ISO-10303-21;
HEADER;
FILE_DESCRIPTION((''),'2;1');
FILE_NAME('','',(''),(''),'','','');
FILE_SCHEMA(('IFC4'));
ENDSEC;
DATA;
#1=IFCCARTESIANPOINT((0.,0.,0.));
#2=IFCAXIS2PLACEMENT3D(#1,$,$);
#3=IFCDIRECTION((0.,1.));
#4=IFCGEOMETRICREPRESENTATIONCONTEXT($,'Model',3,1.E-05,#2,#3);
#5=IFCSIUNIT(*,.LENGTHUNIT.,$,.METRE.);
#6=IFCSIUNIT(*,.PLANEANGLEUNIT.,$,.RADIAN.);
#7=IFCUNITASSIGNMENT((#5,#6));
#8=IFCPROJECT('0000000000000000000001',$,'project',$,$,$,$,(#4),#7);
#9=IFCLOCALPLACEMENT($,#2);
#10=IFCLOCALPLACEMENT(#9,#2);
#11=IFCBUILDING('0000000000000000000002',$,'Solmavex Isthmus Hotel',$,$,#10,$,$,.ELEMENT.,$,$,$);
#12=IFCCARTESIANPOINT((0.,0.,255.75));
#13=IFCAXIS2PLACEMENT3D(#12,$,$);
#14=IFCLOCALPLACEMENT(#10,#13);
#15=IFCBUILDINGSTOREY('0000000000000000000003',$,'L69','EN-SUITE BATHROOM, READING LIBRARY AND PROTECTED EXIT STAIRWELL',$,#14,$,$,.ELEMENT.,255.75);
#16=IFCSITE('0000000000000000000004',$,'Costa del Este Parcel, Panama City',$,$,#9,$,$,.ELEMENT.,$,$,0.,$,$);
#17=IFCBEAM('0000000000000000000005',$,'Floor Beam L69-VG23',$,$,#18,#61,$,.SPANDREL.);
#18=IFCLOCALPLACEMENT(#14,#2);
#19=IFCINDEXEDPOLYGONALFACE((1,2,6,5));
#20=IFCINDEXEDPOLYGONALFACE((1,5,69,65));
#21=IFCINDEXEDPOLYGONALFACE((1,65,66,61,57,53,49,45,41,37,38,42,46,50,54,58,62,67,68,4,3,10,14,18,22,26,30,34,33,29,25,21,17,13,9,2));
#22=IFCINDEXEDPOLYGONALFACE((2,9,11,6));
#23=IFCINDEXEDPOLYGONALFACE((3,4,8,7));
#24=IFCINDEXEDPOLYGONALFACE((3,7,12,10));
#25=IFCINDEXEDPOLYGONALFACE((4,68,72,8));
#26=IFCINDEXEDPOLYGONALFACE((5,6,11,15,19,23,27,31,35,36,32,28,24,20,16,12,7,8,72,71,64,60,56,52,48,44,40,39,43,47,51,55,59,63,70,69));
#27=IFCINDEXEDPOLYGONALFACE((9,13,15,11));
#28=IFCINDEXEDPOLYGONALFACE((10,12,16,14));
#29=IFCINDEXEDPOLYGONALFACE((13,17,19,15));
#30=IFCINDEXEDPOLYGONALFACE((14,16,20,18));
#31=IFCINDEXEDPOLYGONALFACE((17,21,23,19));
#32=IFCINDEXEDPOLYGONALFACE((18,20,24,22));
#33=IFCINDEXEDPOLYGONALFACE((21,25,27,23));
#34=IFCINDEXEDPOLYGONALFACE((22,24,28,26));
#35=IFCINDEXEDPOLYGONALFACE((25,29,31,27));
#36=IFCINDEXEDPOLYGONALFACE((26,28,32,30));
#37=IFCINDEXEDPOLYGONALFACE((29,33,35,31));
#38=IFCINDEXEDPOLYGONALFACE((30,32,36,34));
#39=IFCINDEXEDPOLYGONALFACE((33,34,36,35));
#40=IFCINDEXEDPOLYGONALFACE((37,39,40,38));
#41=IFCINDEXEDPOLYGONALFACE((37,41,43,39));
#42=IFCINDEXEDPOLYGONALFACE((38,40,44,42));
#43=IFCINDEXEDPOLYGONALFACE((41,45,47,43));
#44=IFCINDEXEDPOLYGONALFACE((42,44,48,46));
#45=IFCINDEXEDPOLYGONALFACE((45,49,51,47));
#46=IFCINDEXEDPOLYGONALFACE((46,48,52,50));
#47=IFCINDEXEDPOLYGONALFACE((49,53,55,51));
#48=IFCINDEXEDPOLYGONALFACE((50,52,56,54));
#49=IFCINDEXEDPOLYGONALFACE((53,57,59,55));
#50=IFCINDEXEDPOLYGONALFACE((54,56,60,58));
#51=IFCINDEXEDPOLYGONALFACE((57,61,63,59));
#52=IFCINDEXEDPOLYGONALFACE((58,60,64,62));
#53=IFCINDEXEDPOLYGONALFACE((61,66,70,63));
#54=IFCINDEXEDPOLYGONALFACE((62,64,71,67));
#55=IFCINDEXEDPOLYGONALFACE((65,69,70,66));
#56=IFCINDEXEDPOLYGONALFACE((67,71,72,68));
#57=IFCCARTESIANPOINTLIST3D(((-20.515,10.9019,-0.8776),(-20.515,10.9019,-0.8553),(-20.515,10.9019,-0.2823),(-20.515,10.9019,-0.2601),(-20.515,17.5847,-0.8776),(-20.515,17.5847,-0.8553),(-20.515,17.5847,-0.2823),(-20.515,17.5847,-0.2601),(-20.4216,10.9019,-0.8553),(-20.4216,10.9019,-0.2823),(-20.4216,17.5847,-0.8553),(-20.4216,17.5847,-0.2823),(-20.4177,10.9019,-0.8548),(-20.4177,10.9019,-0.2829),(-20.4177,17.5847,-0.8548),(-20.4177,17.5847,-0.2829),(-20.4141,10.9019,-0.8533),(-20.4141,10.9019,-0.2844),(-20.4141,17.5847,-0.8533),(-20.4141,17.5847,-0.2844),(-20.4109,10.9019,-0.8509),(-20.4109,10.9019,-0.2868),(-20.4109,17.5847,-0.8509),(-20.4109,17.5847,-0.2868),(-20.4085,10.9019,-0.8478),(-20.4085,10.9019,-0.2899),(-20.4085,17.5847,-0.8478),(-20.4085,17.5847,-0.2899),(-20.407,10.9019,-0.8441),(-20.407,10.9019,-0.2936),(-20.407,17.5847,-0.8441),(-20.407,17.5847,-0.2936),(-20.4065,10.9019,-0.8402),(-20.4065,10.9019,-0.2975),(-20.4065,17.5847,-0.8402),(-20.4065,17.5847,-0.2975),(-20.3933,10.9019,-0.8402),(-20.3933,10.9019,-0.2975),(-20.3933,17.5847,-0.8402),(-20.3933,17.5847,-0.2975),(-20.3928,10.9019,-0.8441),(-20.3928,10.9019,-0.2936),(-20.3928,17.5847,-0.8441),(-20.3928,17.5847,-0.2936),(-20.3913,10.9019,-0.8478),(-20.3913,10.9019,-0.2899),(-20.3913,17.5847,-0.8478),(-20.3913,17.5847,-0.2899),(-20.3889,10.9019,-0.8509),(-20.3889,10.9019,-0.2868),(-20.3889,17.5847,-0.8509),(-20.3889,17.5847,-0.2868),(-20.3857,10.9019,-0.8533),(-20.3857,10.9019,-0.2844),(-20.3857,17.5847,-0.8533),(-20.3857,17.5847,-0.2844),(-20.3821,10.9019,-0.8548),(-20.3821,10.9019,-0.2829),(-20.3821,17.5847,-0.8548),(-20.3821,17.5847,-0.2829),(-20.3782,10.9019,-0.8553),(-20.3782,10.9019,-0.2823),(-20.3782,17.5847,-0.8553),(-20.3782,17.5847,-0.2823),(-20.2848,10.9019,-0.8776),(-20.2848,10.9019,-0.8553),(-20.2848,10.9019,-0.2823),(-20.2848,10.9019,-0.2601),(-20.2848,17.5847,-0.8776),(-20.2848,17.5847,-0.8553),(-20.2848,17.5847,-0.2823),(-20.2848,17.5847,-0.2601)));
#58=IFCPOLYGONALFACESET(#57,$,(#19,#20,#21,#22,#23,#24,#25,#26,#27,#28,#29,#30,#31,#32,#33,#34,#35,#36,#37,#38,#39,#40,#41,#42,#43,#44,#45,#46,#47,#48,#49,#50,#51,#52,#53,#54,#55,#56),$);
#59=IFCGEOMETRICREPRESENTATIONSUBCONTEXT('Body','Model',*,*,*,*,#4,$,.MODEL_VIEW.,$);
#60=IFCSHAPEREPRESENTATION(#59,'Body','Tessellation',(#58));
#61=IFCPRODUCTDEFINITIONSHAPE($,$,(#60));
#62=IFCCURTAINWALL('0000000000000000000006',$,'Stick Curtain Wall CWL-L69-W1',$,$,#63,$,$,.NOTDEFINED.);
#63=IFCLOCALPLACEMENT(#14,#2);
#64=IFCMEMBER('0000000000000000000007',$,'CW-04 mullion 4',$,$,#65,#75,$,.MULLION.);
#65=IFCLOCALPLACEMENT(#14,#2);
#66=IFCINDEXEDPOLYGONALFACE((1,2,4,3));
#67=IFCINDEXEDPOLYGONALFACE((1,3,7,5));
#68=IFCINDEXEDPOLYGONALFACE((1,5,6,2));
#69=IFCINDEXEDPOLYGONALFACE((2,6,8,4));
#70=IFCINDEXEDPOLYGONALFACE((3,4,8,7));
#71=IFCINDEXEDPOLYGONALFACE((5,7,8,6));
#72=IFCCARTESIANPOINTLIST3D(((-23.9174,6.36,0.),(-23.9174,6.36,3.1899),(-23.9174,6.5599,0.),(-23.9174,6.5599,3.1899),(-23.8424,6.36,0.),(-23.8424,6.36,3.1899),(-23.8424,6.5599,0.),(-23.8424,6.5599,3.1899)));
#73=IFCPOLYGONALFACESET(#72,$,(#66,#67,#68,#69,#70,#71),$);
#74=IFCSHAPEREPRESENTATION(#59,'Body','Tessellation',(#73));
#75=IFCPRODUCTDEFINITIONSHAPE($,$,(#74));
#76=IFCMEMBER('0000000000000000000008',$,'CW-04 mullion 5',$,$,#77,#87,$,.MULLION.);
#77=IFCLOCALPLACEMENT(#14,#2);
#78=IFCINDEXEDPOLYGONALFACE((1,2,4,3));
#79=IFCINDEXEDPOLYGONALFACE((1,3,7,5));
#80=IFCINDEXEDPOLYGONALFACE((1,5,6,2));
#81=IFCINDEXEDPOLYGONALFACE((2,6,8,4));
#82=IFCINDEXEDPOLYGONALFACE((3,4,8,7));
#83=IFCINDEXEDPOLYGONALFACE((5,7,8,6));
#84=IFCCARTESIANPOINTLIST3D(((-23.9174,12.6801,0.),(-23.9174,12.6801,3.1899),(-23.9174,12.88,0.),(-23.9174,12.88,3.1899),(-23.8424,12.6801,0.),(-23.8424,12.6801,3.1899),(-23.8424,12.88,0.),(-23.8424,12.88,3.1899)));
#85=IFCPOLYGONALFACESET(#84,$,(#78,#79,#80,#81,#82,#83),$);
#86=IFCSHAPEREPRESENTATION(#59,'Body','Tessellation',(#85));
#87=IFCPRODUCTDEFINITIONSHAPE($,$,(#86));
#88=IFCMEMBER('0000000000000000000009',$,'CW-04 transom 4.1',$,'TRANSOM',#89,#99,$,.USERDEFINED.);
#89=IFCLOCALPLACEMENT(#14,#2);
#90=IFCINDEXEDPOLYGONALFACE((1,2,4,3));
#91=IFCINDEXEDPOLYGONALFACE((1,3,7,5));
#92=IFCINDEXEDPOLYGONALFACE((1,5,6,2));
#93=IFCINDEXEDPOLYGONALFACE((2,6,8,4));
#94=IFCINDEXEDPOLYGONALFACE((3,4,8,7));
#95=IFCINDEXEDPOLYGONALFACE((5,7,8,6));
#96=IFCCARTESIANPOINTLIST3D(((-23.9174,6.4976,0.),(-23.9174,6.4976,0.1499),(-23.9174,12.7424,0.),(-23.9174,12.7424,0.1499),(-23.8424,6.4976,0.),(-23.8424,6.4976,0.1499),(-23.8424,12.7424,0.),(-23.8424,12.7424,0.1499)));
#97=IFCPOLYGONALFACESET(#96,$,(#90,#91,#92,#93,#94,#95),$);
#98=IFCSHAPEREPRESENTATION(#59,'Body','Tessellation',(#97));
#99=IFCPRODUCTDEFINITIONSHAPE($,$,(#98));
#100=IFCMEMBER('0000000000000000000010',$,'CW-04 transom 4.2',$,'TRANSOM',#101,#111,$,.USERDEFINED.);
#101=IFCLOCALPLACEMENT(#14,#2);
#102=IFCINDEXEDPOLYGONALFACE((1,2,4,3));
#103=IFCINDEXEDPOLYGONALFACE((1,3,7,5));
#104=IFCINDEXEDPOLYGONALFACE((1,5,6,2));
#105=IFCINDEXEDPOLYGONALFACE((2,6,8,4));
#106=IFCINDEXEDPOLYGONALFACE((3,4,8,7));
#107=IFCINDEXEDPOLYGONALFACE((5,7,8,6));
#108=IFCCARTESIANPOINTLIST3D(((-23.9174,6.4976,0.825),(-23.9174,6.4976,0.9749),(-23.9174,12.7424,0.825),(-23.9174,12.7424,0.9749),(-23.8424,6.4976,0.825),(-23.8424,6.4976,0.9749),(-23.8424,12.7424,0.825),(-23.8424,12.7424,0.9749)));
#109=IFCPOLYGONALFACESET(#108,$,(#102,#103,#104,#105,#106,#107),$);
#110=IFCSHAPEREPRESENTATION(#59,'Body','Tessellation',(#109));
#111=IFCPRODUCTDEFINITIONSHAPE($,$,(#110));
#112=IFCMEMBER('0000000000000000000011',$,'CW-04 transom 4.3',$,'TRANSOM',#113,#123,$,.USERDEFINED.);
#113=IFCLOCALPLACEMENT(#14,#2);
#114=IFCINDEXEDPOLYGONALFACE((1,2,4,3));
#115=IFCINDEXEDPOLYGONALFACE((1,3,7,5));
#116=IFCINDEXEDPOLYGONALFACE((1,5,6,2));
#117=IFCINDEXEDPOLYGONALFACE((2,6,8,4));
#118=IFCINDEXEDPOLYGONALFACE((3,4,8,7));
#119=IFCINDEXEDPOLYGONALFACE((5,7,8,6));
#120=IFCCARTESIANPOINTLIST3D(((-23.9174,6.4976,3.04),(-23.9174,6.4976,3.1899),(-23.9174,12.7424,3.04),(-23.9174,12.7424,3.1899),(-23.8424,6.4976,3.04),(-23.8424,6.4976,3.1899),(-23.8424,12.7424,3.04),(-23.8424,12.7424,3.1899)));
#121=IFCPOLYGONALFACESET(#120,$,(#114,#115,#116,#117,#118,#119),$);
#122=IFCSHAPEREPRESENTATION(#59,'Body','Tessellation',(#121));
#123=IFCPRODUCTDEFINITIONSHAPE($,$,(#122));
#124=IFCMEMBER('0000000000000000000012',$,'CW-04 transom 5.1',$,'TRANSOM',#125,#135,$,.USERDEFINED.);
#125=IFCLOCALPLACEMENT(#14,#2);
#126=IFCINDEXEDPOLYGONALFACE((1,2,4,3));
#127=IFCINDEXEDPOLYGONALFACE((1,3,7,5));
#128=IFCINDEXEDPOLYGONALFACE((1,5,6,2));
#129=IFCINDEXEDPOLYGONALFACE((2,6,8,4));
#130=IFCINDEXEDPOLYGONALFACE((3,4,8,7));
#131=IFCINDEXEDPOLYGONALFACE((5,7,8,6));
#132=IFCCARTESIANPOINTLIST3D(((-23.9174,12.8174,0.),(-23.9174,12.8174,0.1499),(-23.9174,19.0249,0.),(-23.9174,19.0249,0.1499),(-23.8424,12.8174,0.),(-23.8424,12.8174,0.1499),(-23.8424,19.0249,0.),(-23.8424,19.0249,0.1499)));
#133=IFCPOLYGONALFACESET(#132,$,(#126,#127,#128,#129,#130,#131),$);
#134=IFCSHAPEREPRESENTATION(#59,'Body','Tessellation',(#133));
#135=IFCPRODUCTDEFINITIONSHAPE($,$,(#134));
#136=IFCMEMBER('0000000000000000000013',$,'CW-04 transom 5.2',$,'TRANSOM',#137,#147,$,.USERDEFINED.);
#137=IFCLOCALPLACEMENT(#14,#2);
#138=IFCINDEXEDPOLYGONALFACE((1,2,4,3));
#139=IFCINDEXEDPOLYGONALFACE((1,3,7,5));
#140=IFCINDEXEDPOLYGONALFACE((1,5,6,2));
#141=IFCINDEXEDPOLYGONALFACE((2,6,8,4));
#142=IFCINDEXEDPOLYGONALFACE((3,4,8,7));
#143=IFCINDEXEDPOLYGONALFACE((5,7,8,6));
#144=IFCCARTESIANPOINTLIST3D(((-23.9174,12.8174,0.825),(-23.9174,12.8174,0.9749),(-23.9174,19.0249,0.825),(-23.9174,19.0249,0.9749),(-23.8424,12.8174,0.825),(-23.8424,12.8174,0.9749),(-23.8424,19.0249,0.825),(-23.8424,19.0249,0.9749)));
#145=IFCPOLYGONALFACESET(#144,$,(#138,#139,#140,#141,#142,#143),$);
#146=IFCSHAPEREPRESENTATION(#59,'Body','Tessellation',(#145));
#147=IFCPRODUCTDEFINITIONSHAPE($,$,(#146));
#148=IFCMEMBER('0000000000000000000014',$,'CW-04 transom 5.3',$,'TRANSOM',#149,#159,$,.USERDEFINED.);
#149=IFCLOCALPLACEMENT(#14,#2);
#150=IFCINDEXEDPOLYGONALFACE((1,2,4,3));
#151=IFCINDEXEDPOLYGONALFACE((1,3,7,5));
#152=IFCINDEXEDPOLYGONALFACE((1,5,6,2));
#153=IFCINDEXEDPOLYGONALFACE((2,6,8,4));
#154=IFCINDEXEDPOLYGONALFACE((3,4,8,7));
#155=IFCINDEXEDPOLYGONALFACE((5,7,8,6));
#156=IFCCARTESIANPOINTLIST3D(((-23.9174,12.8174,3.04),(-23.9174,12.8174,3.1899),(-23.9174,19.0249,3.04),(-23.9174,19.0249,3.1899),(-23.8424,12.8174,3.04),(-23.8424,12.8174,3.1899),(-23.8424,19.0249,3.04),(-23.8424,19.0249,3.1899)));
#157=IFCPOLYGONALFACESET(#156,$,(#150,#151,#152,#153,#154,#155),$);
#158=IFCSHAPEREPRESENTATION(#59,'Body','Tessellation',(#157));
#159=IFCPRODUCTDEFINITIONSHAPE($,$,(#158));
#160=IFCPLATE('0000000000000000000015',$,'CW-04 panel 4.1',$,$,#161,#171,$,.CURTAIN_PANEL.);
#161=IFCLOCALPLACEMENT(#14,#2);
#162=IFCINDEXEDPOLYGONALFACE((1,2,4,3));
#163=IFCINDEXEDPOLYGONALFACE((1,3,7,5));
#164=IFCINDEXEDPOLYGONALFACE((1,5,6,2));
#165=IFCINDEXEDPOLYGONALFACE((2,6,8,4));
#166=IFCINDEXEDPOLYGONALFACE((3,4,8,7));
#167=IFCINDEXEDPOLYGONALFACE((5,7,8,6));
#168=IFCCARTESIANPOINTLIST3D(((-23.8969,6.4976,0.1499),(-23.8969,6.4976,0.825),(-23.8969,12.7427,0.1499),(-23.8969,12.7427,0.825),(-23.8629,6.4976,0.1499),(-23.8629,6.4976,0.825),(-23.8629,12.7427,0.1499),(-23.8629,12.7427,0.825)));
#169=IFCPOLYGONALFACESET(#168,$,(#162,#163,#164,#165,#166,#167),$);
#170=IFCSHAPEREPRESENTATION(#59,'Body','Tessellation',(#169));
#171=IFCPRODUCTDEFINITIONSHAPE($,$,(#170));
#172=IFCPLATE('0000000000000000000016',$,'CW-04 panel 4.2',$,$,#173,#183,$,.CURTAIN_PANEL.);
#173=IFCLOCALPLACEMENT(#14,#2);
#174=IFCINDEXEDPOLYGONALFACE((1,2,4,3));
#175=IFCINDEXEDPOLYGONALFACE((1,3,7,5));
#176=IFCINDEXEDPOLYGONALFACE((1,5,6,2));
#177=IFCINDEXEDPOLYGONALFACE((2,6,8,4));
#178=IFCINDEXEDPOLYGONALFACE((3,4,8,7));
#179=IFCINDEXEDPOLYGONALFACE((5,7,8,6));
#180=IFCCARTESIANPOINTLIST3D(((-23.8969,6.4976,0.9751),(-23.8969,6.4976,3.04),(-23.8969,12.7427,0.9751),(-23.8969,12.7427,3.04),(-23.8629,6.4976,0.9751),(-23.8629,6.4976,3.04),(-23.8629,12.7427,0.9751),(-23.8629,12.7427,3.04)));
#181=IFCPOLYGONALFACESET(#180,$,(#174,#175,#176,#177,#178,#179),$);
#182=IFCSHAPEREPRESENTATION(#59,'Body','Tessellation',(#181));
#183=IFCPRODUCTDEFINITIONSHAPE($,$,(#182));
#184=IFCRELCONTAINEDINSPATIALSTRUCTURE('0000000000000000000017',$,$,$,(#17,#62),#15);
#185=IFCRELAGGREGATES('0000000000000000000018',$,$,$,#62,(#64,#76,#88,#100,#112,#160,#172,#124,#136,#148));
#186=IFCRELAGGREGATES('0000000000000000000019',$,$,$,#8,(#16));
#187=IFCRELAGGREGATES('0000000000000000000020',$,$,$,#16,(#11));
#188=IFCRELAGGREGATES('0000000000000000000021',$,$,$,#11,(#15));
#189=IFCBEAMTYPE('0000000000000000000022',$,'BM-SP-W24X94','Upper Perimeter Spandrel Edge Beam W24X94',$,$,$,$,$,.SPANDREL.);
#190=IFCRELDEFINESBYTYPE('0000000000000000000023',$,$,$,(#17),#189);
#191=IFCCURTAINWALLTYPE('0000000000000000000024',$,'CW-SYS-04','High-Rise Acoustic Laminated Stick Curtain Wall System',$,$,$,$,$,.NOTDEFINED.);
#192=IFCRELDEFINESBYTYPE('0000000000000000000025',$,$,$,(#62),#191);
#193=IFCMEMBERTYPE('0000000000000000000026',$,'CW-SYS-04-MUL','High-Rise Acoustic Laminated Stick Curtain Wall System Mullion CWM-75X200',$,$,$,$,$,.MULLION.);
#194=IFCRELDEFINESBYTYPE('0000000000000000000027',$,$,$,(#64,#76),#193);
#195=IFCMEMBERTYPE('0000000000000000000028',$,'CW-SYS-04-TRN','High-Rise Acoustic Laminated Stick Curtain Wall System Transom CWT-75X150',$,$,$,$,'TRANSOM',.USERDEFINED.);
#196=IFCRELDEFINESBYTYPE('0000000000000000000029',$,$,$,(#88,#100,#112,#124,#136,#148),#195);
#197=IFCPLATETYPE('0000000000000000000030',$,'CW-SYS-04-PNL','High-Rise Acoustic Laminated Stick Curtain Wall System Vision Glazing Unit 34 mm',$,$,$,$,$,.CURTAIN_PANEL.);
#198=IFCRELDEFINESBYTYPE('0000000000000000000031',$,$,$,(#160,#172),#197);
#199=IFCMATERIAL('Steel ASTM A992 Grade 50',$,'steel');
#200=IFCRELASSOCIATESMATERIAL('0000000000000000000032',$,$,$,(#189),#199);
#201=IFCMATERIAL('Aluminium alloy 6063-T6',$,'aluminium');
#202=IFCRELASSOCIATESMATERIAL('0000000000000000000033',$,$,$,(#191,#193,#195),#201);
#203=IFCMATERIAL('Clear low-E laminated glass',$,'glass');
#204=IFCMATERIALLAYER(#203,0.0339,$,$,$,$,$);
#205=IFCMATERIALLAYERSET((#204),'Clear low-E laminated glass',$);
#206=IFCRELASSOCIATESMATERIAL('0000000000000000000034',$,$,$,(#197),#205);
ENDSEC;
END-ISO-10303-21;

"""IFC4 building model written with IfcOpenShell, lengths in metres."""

from ifc_helpers import new_model, si_unit, direction, frame, origin, origin_2d, place, context, subcontext, project, spatial, rectangle, i_section, extrude, material, layer, layer_set, material_profile, profile_set, type_object, element, aggregate, save


model = new_model("IFC4")

# Units and contexts
model_context = context("Model", 3, precision=1e-05, world=origin(), true_north=direction((0.0, 1.0)))
body_context = subcontext(model_context, "Body", "Model", "MODEL_VIEW")
ifc_project = project(units=[si_unit("LENGTHUNIT", "METRE"), si_unit("PLANEANGLEUNIT", "RADIAN")], contexts=[model_context])

# Site, building, storey
site_placement = place(None, origin())
site = spatial("IfcSite", under=ifc_project, at=site_placement, Name="Costa del Este Parcel, Panama City", CompositionType="ELEMENT", RefElevation=0.0)
building_placement = place(site_placement, origin())
building = spatial("IfcBuilding", under=site, at=building_placement, Name="Solmavex Isthmus Hotel", CompositionType="ELEMENT")
storey_placement = place(building_placement, frame((0.0, 0.0, 255.75)))
storey = spatial("IfcBuildingStorey", under=building, at=storey_placement, Name="L69", Description="EN-SUITE BATHROOM, READING LIBRARY AND PROTECTED EXIT STAIRWELL", CompositionType="ELEMENT", Elevation=255.75)

# Beam
ifc_material_1 = material(Name="Steel ASTM A992 Grade 50", Category="steel")
ifc_material_profile_1 = material_profile(ifc_material_1, i_section(OverallWidth=0.2302, OverallDepth=0.6174, WebThickness=0.0132, FlangeThickness=0.0222, FilletRadius=0.0151, at=origin_2d()), Name="W24X94")
ifc_profile_set_1 = profile_set([ifc_material_profile_1], Name="Steel ASTM A992 Grade 50")
beam_type_1 = type_object("IfcBeamType", Name="BM-SP-W24X94", Description="Upper Perimeter Spandrel Edge Beam W24X94", PredefinedType="SPANDREL", material=ifc_profile_set_1)
beam_1_placement = place(storey_placement, frame((-20.3999, 10.9019, -0.5688), z_axis=(0.0, 1.0, 0.0), x_axis=(-1.0, 0.0, 0.0)))
element("IfcBeam", 1, at=beam_1_placement, inside=storey, type_object=beam_type_1, Name="Floor Beam L69-VG23", PredefinedType="SPANDREL", context=body_context, shape_type="SweptSolid", body=[
    extrude(i_section(OverallWidth=0.2302, OverallDepth=0.6174, WebThickness=0.0132, FlangeThickness=0.0222, FilletRadius=0.0151, at=origin_2d()), origin(), (0.0, 0.0, 1.0), 6.6829),
])

# Curtain wall, members, plates
ifc_material_2 = material(Name="Aluminium alloy 6063-T6", Category="aluminium")
curtain_wall_type = type_object("IfcCurtainWallType", Name="CW-SYS-04", Description="High-Rise Acoustic Laminated Stick Curtain Wall System", PredefinedType="NOTDEFINED", material=ifc_material_2)
curtain_wall_placement = place(storey_placement, origin())
curtain_wall = element("IfcCurtainWall", 2, at=curtain_wall_placement, inside=storey, type_object=curtain_wall_type, Name="Stick Curtain Wall CWL-L69-W1", PredefinedType="NOTDEFINED")
ifc_material_profile_2 = material_profile(ifc_material_2, rectangle(XDim=0.075, YDim=0.2, at=origin_2d()), Name="CWM-75X200")
ifc_profile_set_2 = profile_set([ifc_material_profile_2], Name="Aluminium alloy 6063-T6")
member_type_1 = type_object("IfcMemberType", Name="CW-SYS-04-MUL", Description="High-Rise Acoustic Laminated Stick Curtain Wall System Mullion CWM-75X200", PredefinedType="MULLION", material=ifc_profile_set_2)
member_1_placement = place(storey_placement, frame((-23.8799, 6.46, 0.0), z_axis=(0.0, 0.0, 1.0), x_axis=(-1.0, 0.0, 0.0)))
member_1 = element("IfcMember", 3, at=member_1_placement, type_object=member_type_1, Name="CW-04 mullion 4", PredefinedType="MULLION", context=body_context, shape_type="SweptSolid", body=[
    extrude(rectangle(XDim=0.075, YDim=0.2, at=origin_2d()), origin(), (0.0, 0.0, 1.0), 3.1899),
])
member_2_placement = place(storey_placement, frame((-23.8799, 12.78, 0.0), z_axis=(0.0, 0.0, 1.0), x_axis=(-1.0, 0.0, 0.0)))
member_2 = element("IfcMember", 4, at=member_2_placement, type_object=member_type_1, Name="CW-04 mullion 5", PredefinedType="MULLION", context=body_context, shape_type="SweptSolid", body=[
    extrude(rectangle(XDim=0.075, YDim=0.2, at=origin_2d()), origin(), (0.0, 0.0, 1.0), 3.1899),
])
ifc_material_profile_3 = material_profile(ifc_material_2, rectangle(XDim=0.075, YDim=0.1499, at=origin_2d()), Name="CWT-75X150")
ifc_profile_set_3 = profile_set([ifc_material_profile_3], Name="Aluminium alloy 6063-T6")
member_type_2 = type_object("IfcMemberType", Name="CW-SYS-04-TRN", Description="High-Rise Acoustic Laminated Stick Curtain Wall System Transom CWT-75X150", ElementType="TRANSOM", PredefinedType="USERDEFINED", material=ifc_profile_set_3)
member_3_placement = place(storey_placement, frame((-23.8799, 6.4976, 0.075), z_axis=(0.0, 1.0, 0.0), x_axis=(-1.0, 0.0, 0.0)))
member_3 = element("IfcMember", 5, at=member_3_placement, type_object=member_type_2, Name="CW-04 transom 4.1", ObjectType="TRANSOM", PredefinedType="USERDEFINED", context=body_context, shape_type="SweptSolid", body=[
    extrude(rectangle(XDim=0.075, YDim=0.1499, at=origin_2d()), origin(), (0.0, 0.0, 1.0), 6.2449),
])
member_4_placement = place(storey_placement, frame((-23.8799, 6.4976, 0.8999), z_axis=(0.0, 1.0, 0.0), x_axis=(-1.0, 0.0, 0.0)))
member_4 = element("IfcMember", 6, at=member_4_placement, type_object=member_type_2, Name="CW-04 transom 4.2", ObjectType="TRANSOM", PredefinedType="USERDEFINED", context=body_context, shape_type="SweptSolid", body=[
    extrude(rectangle(XDim=0.075, YDim=0.1499, at=origin_2d()), origin(), (0.0, 0.0, 1.0), 6.2449),
])
member_5_placement = place(storey_placement, frame((-23.8799, 6.4976, 3.115), z_axis=(0.0, 1.0, 0.0), x_axis=(-1.0, 0.0, 0.0)))
member_5 = element("IfcMember", 7, at=member_5_placement, type_object=member_type_2, Name="CW-04 transom 4.3", ObjectType="TRANSOM", PredefinedType="USERDEFINED", context=body_context, shape_type="SweptSolid", body=[
    extrude(rectangle(XDim=0.075, YDim=0.1499, at=origin_2d()), origin(), (0.0, 0.0, 1.0), 6.2449),
])
member_6_placement = place(storey_placement, frame((-23.8799, 12.8174, 0.075), z_axis=(0.0, 1.0, 0.0), x_axis=(-1.0, 0.0, 0.0)))
member_6 = element("IfcMember", 8, at=member_6_placement, type_object=member_type_2, Name="CW-04 transom 5.1", ObjectType="TRANSOM", PredefinedType="USERDEFINED", context=body_context, shape_type="SweptSolid", body=[
    extrude(rectangle(XDim=0.075, YDim=0.1499, at=origin_2d()), origin(), (0.0, 0.0, 1.0), 6.2075),
])
member_7_placement = place(storey_placement, frame((-23.8799, 12.8174, 0.8999), z_axis=(0.0, 1.0, 0.0), x_axis=(-1.0, 0.0, 0.0)))
member_7 = element("IfcMember", 9, at=member_7_placement, type_object=member_type_2, Name="CW-04 transom 5.2", ObjectType="TRANSOM", PredefinedType="USERDEFINED", context=body_context, shape_type="SweptSolid", body=[
    extrude(rectangle(XDim=0.075, YDim=0.1499, at=origin_2d()), origin(), (0.0, 0.0, 1.0), 6.2075),
])
member_8_placement = place(storey_placement, frame((-23.8799, 12.8174, 3.115), z_axis=(0.0, 1.0, 0.0), x_axis=(-1.0, 0.0, 0.0)))
member_8 = element("IfcMember", 10, at=member_8_placement, type_object=member_type_2, Name="CW-04 transom 5.3", ObjectType="TRANSOM", PredefinedType="USERDEFINED", context=body_context, shape_type="SweptSolid", body=[
    extrude(rectangle(XDim=0.075, YDim=0.1499, at=origin_2d()), origin(), (0.0, 0.0, 1.0), 6.2075),
])
ifc_material_3 = material(Name="Clear low-E laminated glass", Category="glass")
ifc_layer_1 = layer(ifc_material_3, 0.0339)
ifc_layer_set_1 = layer_set([ifc_layer_1], Name="Clear low-E laminated glass")
plate_type = type_object("IfcPlateType", Name="CW-SYS-04-PNL", Description="High-Rise Acoustic Laminated Stick Curtain Wall System Vision Glazing Unit 34 mm", PredefinedType="CURTAIN_PANEL", material=ifc_layer_set_1)
plate_1_placement = place(storey_placement, frame((-23.8799, 9.6201, 0.1499), z_axis=(0.0, 0.0, 1.0), x_axis=(0.0, 1.0, 0.0)))
plate_1 = element("IfcPlate", 11, at=plate_1_placement, type_object=plate_type, Name="CW-04 panel 4.1", PredefinedType="CURTAIN_PANEL", context=body_context, shape_type="SweptSolid", body=[
    extrude(rectangle(XDim=6.2451, YDim=0.0339, at=origin_2d()), origin(), (0.0, 0.0, 1.0), 0.675),
])
plate_2_placement = place(storey_placement, frame((-23.8799, 9.6201, 0.9751), z_axis=(0.0, 0.0, 1.0), x_axis=(0.0, 1.0, 0.0)))
plate_2 = element("IfcPlate", 12, at=plate_2_placement, type_object=plate_type, Name="CW-04 panel 4.2", PredefinedType="CURTAIN_PANEL", context=body_context, shape_type="SweptSolid", body=[
    extrude(rectangle(XDim=6.2451, YDim=0.0339, at=origin_2d()), origin(), (0.0, 0.0, 1.0), 2.0649),
])
aggregate(curtain_wall, [member_1, member_2, member_3, member_4, member_5, plate_1, plate_2, member_6, member_7, member_8])

save(model, "model.ifc")
